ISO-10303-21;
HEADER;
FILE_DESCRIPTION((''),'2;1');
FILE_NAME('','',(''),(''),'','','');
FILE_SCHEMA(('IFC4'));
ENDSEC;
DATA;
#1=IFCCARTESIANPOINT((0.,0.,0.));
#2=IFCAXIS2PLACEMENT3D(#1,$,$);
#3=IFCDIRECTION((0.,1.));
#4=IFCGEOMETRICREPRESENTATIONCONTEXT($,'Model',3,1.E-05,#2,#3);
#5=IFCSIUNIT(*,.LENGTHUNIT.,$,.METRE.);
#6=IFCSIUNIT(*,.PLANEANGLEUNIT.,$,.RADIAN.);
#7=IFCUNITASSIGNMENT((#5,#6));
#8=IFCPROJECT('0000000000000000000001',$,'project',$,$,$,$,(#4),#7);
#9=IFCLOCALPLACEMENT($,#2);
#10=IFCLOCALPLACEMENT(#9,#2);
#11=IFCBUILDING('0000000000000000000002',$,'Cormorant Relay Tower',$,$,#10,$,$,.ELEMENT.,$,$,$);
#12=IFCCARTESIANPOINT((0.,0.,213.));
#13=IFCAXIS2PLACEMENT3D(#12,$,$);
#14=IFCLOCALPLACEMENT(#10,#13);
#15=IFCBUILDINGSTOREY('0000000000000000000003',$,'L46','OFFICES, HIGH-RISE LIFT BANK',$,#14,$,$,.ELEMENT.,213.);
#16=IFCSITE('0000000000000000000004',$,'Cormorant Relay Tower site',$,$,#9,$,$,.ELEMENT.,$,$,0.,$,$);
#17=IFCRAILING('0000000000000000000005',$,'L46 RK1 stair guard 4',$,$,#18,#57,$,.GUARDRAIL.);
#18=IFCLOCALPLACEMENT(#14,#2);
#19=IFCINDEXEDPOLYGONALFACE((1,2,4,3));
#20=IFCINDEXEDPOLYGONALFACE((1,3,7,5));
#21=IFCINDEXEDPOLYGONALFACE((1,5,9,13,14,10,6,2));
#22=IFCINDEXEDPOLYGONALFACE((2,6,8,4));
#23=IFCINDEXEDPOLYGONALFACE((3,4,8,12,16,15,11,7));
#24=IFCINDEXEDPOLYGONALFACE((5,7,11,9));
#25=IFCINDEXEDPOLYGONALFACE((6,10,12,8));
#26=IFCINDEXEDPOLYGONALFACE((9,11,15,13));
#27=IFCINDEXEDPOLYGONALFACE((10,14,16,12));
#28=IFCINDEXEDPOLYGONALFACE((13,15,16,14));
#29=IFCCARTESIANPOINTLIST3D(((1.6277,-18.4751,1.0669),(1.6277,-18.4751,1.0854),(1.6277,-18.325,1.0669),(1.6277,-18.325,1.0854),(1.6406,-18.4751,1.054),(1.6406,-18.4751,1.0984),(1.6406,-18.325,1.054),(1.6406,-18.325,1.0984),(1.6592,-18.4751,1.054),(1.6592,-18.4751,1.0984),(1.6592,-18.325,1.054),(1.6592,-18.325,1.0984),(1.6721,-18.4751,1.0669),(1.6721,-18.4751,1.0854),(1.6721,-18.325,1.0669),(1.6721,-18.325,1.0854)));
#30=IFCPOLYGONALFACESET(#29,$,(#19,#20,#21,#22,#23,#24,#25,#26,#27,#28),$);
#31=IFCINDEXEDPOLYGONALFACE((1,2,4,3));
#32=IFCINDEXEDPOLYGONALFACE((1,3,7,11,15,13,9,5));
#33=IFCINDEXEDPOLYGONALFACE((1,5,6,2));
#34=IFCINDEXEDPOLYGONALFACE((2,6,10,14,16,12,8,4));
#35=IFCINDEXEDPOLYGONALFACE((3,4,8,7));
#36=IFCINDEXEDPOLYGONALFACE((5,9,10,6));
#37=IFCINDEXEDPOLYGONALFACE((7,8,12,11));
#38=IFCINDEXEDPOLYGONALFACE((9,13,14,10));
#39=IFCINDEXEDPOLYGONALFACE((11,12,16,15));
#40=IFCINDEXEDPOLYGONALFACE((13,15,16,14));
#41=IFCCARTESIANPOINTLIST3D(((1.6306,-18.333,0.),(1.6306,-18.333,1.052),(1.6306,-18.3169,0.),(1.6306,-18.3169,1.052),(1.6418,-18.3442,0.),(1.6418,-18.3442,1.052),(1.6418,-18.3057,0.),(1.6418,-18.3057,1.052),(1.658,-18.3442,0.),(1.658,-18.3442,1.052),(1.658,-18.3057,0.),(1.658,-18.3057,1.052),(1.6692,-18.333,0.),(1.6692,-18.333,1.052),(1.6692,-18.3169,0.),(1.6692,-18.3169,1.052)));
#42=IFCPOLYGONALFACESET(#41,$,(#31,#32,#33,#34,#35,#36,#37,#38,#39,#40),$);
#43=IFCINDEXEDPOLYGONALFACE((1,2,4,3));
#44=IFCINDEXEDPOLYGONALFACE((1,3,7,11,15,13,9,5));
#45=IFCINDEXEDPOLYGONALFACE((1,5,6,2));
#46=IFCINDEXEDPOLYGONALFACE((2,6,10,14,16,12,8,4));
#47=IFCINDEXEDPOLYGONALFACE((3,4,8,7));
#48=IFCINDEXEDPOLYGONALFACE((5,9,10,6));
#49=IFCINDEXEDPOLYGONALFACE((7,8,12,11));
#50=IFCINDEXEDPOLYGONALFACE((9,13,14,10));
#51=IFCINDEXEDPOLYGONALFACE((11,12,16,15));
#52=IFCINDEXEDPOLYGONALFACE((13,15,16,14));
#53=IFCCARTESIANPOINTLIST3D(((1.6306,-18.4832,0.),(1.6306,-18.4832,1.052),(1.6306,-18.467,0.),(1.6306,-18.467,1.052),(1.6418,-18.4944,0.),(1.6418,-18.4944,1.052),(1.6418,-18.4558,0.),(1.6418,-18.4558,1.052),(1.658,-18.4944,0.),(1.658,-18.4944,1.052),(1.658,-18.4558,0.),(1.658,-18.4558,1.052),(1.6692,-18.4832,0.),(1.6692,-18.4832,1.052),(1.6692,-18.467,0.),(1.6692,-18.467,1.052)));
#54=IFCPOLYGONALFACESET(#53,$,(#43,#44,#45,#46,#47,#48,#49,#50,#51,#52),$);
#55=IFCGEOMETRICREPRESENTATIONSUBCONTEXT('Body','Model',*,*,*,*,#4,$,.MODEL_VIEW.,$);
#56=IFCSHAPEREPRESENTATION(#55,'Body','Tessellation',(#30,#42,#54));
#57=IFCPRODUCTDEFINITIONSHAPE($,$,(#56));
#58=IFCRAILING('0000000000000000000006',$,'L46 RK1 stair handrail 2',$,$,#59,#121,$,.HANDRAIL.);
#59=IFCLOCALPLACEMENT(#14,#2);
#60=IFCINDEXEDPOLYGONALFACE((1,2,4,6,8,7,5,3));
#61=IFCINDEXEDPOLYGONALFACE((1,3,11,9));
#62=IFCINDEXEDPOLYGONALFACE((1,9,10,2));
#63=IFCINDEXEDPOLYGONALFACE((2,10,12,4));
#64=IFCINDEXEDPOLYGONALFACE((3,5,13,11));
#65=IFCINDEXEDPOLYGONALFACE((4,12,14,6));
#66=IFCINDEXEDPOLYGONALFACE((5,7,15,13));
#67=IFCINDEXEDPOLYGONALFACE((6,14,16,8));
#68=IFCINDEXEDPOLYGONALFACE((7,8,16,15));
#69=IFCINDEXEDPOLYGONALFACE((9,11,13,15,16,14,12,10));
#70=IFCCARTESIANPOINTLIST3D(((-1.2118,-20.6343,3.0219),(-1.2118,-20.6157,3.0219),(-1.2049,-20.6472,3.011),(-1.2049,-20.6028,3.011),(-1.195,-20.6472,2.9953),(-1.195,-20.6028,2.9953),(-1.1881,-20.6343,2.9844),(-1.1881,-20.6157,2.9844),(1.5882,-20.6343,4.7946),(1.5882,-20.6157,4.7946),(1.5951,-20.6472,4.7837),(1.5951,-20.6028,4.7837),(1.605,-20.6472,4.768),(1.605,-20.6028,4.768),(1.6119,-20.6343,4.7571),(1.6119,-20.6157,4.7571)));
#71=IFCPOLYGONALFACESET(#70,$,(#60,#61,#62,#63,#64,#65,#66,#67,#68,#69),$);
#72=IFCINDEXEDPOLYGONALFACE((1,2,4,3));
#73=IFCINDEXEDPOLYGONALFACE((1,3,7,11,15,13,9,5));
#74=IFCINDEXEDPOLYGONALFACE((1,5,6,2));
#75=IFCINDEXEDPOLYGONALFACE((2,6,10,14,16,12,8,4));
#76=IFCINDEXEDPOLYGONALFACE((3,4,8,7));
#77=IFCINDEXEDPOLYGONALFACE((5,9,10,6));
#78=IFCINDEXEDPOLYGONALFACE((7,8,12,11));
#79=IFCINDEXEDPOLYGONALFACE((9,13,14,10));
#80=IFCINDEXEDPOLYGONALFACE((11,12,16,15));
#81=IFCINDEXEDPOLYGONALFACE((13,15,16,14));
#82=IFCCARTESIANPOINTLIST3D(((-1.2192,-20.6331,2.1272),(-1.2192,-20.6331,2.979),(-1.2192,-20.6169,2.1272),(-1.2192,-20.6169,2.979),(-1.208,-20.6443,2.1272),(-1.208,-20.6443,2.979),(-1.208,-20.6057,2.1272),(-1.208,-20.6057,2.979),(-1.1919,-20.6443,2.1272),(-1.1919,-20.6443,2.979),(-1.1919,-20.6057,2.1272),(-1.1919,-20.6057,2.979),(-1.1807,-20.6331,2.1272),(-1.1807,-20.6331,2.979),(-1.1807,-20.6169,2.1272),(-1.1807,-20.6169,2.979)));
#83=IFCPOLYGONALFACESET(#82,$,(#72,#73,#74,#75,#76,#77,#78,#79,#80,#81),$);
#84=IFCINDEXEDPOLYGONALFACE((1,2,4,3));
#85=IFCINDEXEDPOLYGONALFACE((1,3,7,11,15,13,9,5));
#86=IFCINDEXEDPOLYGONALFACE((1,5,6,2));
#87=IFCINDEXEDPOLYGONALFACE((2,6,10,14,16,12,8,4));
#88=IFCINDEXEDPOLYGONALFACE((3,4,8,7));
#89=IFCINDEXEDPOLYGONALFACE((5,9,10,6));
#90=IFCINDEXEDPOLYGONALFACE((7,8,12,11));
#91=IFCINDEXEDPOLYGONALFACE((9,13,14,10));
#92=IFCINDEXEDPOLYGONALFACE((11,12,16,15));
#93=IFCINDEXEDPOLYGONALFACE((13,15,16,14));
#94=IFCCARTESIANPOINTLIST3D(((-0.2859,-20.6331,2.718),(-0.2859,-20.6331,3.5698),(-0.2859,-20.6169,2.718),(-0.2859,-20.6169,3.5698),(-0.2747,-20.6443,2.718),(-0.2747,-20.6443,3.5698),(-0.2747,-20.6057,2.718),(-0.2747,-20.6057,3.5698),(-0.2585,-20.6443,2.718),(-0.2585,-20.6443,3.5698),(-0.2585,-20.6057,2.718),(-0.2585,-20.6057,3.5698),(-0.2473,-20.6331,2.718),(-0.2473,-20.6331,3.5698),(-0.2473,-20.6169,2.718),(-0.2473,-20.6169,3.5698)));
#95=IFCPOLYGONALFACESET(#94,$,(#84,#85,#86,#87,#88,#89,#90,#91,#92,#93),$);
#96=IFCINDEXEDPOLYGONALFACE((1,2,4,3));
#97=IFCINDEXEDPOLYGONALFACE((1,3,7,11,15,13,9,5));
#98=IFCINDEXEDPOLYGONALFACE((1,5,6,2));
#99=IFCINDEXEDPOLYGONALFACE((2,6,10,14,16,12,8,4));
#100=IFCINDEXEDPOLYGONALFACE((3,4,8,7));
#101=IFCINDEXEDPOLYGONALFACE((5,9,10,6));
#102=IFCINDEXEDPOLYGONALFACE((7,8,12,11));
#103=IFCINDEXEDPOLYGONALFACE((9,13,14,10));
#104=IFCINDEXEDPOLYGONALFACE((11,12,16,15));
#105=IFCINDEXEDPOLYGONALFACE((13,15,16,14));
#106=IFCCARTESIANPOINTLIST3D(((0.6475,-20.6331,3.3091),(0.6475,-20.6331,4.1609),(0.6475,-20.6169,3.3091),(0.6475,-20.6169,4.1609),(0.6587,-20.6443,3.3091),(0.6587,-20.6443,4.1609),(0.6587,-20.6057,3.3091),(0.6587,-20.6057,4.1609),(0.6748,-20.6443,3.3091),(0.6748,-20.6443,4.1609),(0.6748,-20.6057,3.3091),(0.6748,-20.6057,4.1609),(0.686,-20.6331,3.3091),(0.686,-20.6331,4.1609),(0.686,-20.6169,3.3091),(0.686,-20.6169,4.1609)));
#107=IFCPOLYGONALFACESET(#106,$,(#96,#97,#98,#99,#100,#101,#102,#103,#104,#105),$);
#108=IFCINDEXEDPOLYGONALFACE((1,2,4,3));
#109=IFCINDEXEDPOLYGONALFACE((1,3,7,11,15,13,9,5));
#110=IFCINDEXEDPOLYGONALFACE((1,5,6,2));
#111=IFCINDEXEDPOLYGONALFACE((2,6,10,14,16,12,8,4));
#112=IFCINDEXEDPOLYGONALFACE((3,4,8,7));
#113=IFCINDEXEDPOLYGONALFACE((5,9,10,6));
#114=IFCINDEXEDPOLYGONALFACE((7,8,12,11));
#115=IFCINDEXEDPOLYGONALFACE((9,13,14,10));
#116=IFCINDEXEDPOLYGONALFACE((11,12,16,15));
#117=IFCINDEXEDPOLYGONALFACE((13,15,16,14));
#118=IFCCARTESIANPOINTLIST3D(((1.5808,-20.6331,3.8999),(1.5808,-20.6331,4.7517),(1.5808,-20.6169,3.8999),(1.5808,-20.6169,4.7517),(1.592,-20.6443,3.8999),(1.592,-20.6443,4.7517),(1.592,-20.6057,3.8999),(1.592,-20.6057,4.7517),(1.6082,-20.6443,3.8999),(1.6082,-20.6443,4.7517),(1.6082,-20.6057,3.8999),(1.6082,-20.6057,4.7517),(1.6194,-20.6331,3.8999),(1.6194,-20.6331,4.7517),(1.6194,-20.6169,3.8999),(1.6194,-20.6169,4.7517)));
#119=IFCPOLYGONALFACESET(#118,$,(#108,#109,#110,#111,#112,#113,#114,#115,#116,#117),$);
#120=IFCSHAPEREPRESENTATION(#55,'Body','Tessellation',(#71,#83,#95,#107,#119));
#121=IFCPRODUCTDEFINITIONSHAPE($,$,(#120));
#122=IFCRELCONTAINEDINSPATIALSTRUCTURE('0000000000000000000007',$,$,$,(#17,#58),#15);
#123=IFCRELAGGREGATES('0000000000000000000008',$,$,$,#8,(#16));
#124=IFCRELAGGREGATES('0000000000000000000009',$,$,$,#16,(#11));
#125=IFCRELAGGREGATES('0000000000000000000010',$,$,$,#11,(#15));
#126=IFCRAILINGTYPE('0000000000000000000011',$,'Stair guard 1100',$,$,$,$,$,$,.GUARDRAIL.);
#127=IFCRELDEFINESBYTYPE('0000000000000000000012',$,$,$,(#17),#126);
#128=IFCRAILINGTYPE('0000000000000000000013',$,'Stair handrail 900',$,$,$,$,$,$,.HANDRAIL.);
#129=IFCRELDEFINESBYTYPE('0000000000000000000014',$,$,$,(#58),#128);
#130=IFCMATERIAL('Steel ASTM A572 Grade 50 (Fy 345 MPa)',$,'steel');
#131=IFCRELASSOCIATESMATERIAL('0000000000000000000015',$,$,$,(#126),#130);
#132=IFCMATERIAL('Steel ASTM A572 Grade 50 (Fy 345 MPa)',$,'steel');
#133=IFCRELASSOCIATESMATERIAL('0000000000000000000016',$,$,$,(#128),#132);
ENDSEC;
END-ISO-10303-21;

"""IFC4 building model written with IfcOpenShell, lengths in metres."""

from ifc_helpers import new_model, si_unit, direction, frame, origin, place, context, subcontext, project, spatial, polyline, outline, extrude, material, type_object, element, save


model = new_model("IFC4")

# Units and contexts
model_context = context("Model", 3, precision=1e-05, world=origin(), true_north=direction((0.0, 1.0)))
body_context = subcontext(model_context, "Body", "Model", "MODEL_VIEW")
ifc_project = project(units=[si_unit("LENGTHUNIT", "METRE"), si_unit("PLANEANGLEUNIT", "RADIAN")], contexts=[model_context])

# Site, building, storey
site_placement = place(None, origin())
site = spatial("IfcSite", under=ifc_project, at=site_placement, Name="Cormorant Relay Tower site", CompositionType="ELEMENT", RefElevation=0.0)
building_placement = place(site_placement, origin())
building = spatial("IfcBuilding", under=site, at=building_placement, Name="Cormorant Relay Tower", CompositionType="ELEMENT")
storey_placement = place(building_placement, frame((0.0, 0.0, 213.0)))
storey = spatial("IfcBuildingStorey", under=building, at=storey_placement, Name="L46", Description="OFFICES, HIGH-RISE LIFT BANK", CompositionType="ELEMENT", Elevation=213.0)

# Railings
ifc_material_1 = material(Name="Steel ASTM A572 Grade 50 (Fy 345 MPa)", Category="steel")
railing_type_1 = type_object("IfcRailingType", Name="Stair guard 1100", PredefinedType="GUARDRAIL", material=ifc_material_1)
railing_1_placement = place(storey_placement, frame((1.6499, -18.325, 0.0)))
element("IfcRailing", 1, at=railing_1_placement, inside=storey, type_object=railing_type_1, Name="L46 RK1 stair guard 4", PredefinedType="GUARDRAIL", context=body_context, shape_type="SweptSolid", body=[
    extrude(outline(polyline([(0.0222, 0.0093), (0.0093, 0.0222), (-0.0093, 0.0222), (-0.0222, 0.0093), (-0.0222, -0.0093), (-0.0093, -0.0222), (0.0093, -0.0222), (0.0222, -0.0093), (0.0222, 0.0093)])), frame((0.0, 0.0, 1.0762), z_axis=(0.0, -1.0, 0.0), x_axis=(1.0, 0.0, 0.0)), (0.0, 0.0, 1.0), 0.1501),
    extrude(outline(polyline([(0.0193, 0.0081), (0.0081, 0.0193), (-0.0081, 0.0193), (-0.0193, 0.0081), (-0.0193, -0.0081), (-0.0081, -0.0193), (0.0081, -0.0193), (0.0193, -0.0081), (0.0193, 0.0081)])), origin(), (0.0, 0.0, 1.0), 1.052),
    extrude(outline(polyline([(0.0193, 0.0081), (0.0081, 0.0193), (-0.0081, 0.0193), (-0.0193, 0.0081), (-0.0193, -0.0081), (-0.0081, -0.0193), (0.0081, -0.0193), (0.0193, -0.0081), (0.0193, 0.0081)])), frame((0.0, -0.1501, 0.0)), (0.0, 0.0, 1.0), 1.052),
])
ifc_material_2 = material(Name="Steel ASTM A572 Grade 50 (Fy 345 MPa)", Category="steel")
railing_type_2 = type_object("IfcRailingType", Name="Stair handrail 900", PredefinedType="HANDRAIL", material=ifc_material_2)
railing_2_placement = place(storey_placement, frame((-1.2, -20.625, 2.1272)))
element("IfcRailing", 2, at=railing_2_placement, inside=storey, type_object=railing_type_2, Name="L46 RK1 stair handrail 2", PredefinedType="HANDRAIL", context=body_context, shape_type="SweptSolid", body=[
    extrude(outline(polyline([(0.0222, 0.0093), (0.0093, 0.0222), (-0.0093, 0.0222), (-0.0222, 0.0093), (-0.0222, -0.0093), (-0.0093, -0.0222), (0.0093, -0.0222), (0.0222, -0.0093), (0.0222, 0.0093)])), frame((0.0, 0.0, 0.876), z_axis=(0.844909, 0.0, 0.53491), x_axis=(0.0, 1.0, 0.0)), (0.0, 0.0, 1.0), 3.314),
    extrude(outline(polyline([(0.0193, 0.0081), (0.0081, 0.0193), (-0.0081, 0.0193), (-0.0193, 0.0081), (-0.0193, -0.0081), (-0.0081, -0.0193), (0.0081, -0.0193), (0.0193, -0.0081), (0.0193, 0.0081)])), origin(), (0.0, 0.0, 1.0), 0.8518),
    extrude(outline(polyline([(0.0193, 0.0081), (0.0081, 0.0193), (-0.0081, 0.0193), (-0.0193, 0.0081), (-0.0193, -0.0081), (-0.0081, -0.0193), (0.0081, -0.0193), (0.0193, -0.0081), (0.0193, 0.0081)])), frame((0.9333, 0.0, 0.5908)), (0.0, 0.0, 1.0), 0.8518),
    extrude(outline(polyline([(0.0193, 0.0081), (0.0081, 0.0193), (-0.0081, 0.0193), (-0.0193, 0.0081), (-0.0193, -0.0081), (-0.0081, -0.0193), (0.0081, -0.0193), (0.0193, -0.0081), (0.0193, 0.0081)])), frame((1.8667, 0.0, 1.1819)), (0.0, 0.0, 1.0), 0.8518),
    extrude(outline(polyline([(0.0193, 0.0081), (0.0081, 0.0193), (-0.0081, 0.0193), (-0.0193, 0.0081), (-0.0193, -0.0081), (-0.0081, -0.0193), (0.0081, -0.0193), (0.0193, -0.0081), (0.0193, 0.0081)])), frame((2.8, 0.0, 1.7727)), (0.0, 0.0, 1.0), 0.8518),
])

save(model, "model.ifc")
